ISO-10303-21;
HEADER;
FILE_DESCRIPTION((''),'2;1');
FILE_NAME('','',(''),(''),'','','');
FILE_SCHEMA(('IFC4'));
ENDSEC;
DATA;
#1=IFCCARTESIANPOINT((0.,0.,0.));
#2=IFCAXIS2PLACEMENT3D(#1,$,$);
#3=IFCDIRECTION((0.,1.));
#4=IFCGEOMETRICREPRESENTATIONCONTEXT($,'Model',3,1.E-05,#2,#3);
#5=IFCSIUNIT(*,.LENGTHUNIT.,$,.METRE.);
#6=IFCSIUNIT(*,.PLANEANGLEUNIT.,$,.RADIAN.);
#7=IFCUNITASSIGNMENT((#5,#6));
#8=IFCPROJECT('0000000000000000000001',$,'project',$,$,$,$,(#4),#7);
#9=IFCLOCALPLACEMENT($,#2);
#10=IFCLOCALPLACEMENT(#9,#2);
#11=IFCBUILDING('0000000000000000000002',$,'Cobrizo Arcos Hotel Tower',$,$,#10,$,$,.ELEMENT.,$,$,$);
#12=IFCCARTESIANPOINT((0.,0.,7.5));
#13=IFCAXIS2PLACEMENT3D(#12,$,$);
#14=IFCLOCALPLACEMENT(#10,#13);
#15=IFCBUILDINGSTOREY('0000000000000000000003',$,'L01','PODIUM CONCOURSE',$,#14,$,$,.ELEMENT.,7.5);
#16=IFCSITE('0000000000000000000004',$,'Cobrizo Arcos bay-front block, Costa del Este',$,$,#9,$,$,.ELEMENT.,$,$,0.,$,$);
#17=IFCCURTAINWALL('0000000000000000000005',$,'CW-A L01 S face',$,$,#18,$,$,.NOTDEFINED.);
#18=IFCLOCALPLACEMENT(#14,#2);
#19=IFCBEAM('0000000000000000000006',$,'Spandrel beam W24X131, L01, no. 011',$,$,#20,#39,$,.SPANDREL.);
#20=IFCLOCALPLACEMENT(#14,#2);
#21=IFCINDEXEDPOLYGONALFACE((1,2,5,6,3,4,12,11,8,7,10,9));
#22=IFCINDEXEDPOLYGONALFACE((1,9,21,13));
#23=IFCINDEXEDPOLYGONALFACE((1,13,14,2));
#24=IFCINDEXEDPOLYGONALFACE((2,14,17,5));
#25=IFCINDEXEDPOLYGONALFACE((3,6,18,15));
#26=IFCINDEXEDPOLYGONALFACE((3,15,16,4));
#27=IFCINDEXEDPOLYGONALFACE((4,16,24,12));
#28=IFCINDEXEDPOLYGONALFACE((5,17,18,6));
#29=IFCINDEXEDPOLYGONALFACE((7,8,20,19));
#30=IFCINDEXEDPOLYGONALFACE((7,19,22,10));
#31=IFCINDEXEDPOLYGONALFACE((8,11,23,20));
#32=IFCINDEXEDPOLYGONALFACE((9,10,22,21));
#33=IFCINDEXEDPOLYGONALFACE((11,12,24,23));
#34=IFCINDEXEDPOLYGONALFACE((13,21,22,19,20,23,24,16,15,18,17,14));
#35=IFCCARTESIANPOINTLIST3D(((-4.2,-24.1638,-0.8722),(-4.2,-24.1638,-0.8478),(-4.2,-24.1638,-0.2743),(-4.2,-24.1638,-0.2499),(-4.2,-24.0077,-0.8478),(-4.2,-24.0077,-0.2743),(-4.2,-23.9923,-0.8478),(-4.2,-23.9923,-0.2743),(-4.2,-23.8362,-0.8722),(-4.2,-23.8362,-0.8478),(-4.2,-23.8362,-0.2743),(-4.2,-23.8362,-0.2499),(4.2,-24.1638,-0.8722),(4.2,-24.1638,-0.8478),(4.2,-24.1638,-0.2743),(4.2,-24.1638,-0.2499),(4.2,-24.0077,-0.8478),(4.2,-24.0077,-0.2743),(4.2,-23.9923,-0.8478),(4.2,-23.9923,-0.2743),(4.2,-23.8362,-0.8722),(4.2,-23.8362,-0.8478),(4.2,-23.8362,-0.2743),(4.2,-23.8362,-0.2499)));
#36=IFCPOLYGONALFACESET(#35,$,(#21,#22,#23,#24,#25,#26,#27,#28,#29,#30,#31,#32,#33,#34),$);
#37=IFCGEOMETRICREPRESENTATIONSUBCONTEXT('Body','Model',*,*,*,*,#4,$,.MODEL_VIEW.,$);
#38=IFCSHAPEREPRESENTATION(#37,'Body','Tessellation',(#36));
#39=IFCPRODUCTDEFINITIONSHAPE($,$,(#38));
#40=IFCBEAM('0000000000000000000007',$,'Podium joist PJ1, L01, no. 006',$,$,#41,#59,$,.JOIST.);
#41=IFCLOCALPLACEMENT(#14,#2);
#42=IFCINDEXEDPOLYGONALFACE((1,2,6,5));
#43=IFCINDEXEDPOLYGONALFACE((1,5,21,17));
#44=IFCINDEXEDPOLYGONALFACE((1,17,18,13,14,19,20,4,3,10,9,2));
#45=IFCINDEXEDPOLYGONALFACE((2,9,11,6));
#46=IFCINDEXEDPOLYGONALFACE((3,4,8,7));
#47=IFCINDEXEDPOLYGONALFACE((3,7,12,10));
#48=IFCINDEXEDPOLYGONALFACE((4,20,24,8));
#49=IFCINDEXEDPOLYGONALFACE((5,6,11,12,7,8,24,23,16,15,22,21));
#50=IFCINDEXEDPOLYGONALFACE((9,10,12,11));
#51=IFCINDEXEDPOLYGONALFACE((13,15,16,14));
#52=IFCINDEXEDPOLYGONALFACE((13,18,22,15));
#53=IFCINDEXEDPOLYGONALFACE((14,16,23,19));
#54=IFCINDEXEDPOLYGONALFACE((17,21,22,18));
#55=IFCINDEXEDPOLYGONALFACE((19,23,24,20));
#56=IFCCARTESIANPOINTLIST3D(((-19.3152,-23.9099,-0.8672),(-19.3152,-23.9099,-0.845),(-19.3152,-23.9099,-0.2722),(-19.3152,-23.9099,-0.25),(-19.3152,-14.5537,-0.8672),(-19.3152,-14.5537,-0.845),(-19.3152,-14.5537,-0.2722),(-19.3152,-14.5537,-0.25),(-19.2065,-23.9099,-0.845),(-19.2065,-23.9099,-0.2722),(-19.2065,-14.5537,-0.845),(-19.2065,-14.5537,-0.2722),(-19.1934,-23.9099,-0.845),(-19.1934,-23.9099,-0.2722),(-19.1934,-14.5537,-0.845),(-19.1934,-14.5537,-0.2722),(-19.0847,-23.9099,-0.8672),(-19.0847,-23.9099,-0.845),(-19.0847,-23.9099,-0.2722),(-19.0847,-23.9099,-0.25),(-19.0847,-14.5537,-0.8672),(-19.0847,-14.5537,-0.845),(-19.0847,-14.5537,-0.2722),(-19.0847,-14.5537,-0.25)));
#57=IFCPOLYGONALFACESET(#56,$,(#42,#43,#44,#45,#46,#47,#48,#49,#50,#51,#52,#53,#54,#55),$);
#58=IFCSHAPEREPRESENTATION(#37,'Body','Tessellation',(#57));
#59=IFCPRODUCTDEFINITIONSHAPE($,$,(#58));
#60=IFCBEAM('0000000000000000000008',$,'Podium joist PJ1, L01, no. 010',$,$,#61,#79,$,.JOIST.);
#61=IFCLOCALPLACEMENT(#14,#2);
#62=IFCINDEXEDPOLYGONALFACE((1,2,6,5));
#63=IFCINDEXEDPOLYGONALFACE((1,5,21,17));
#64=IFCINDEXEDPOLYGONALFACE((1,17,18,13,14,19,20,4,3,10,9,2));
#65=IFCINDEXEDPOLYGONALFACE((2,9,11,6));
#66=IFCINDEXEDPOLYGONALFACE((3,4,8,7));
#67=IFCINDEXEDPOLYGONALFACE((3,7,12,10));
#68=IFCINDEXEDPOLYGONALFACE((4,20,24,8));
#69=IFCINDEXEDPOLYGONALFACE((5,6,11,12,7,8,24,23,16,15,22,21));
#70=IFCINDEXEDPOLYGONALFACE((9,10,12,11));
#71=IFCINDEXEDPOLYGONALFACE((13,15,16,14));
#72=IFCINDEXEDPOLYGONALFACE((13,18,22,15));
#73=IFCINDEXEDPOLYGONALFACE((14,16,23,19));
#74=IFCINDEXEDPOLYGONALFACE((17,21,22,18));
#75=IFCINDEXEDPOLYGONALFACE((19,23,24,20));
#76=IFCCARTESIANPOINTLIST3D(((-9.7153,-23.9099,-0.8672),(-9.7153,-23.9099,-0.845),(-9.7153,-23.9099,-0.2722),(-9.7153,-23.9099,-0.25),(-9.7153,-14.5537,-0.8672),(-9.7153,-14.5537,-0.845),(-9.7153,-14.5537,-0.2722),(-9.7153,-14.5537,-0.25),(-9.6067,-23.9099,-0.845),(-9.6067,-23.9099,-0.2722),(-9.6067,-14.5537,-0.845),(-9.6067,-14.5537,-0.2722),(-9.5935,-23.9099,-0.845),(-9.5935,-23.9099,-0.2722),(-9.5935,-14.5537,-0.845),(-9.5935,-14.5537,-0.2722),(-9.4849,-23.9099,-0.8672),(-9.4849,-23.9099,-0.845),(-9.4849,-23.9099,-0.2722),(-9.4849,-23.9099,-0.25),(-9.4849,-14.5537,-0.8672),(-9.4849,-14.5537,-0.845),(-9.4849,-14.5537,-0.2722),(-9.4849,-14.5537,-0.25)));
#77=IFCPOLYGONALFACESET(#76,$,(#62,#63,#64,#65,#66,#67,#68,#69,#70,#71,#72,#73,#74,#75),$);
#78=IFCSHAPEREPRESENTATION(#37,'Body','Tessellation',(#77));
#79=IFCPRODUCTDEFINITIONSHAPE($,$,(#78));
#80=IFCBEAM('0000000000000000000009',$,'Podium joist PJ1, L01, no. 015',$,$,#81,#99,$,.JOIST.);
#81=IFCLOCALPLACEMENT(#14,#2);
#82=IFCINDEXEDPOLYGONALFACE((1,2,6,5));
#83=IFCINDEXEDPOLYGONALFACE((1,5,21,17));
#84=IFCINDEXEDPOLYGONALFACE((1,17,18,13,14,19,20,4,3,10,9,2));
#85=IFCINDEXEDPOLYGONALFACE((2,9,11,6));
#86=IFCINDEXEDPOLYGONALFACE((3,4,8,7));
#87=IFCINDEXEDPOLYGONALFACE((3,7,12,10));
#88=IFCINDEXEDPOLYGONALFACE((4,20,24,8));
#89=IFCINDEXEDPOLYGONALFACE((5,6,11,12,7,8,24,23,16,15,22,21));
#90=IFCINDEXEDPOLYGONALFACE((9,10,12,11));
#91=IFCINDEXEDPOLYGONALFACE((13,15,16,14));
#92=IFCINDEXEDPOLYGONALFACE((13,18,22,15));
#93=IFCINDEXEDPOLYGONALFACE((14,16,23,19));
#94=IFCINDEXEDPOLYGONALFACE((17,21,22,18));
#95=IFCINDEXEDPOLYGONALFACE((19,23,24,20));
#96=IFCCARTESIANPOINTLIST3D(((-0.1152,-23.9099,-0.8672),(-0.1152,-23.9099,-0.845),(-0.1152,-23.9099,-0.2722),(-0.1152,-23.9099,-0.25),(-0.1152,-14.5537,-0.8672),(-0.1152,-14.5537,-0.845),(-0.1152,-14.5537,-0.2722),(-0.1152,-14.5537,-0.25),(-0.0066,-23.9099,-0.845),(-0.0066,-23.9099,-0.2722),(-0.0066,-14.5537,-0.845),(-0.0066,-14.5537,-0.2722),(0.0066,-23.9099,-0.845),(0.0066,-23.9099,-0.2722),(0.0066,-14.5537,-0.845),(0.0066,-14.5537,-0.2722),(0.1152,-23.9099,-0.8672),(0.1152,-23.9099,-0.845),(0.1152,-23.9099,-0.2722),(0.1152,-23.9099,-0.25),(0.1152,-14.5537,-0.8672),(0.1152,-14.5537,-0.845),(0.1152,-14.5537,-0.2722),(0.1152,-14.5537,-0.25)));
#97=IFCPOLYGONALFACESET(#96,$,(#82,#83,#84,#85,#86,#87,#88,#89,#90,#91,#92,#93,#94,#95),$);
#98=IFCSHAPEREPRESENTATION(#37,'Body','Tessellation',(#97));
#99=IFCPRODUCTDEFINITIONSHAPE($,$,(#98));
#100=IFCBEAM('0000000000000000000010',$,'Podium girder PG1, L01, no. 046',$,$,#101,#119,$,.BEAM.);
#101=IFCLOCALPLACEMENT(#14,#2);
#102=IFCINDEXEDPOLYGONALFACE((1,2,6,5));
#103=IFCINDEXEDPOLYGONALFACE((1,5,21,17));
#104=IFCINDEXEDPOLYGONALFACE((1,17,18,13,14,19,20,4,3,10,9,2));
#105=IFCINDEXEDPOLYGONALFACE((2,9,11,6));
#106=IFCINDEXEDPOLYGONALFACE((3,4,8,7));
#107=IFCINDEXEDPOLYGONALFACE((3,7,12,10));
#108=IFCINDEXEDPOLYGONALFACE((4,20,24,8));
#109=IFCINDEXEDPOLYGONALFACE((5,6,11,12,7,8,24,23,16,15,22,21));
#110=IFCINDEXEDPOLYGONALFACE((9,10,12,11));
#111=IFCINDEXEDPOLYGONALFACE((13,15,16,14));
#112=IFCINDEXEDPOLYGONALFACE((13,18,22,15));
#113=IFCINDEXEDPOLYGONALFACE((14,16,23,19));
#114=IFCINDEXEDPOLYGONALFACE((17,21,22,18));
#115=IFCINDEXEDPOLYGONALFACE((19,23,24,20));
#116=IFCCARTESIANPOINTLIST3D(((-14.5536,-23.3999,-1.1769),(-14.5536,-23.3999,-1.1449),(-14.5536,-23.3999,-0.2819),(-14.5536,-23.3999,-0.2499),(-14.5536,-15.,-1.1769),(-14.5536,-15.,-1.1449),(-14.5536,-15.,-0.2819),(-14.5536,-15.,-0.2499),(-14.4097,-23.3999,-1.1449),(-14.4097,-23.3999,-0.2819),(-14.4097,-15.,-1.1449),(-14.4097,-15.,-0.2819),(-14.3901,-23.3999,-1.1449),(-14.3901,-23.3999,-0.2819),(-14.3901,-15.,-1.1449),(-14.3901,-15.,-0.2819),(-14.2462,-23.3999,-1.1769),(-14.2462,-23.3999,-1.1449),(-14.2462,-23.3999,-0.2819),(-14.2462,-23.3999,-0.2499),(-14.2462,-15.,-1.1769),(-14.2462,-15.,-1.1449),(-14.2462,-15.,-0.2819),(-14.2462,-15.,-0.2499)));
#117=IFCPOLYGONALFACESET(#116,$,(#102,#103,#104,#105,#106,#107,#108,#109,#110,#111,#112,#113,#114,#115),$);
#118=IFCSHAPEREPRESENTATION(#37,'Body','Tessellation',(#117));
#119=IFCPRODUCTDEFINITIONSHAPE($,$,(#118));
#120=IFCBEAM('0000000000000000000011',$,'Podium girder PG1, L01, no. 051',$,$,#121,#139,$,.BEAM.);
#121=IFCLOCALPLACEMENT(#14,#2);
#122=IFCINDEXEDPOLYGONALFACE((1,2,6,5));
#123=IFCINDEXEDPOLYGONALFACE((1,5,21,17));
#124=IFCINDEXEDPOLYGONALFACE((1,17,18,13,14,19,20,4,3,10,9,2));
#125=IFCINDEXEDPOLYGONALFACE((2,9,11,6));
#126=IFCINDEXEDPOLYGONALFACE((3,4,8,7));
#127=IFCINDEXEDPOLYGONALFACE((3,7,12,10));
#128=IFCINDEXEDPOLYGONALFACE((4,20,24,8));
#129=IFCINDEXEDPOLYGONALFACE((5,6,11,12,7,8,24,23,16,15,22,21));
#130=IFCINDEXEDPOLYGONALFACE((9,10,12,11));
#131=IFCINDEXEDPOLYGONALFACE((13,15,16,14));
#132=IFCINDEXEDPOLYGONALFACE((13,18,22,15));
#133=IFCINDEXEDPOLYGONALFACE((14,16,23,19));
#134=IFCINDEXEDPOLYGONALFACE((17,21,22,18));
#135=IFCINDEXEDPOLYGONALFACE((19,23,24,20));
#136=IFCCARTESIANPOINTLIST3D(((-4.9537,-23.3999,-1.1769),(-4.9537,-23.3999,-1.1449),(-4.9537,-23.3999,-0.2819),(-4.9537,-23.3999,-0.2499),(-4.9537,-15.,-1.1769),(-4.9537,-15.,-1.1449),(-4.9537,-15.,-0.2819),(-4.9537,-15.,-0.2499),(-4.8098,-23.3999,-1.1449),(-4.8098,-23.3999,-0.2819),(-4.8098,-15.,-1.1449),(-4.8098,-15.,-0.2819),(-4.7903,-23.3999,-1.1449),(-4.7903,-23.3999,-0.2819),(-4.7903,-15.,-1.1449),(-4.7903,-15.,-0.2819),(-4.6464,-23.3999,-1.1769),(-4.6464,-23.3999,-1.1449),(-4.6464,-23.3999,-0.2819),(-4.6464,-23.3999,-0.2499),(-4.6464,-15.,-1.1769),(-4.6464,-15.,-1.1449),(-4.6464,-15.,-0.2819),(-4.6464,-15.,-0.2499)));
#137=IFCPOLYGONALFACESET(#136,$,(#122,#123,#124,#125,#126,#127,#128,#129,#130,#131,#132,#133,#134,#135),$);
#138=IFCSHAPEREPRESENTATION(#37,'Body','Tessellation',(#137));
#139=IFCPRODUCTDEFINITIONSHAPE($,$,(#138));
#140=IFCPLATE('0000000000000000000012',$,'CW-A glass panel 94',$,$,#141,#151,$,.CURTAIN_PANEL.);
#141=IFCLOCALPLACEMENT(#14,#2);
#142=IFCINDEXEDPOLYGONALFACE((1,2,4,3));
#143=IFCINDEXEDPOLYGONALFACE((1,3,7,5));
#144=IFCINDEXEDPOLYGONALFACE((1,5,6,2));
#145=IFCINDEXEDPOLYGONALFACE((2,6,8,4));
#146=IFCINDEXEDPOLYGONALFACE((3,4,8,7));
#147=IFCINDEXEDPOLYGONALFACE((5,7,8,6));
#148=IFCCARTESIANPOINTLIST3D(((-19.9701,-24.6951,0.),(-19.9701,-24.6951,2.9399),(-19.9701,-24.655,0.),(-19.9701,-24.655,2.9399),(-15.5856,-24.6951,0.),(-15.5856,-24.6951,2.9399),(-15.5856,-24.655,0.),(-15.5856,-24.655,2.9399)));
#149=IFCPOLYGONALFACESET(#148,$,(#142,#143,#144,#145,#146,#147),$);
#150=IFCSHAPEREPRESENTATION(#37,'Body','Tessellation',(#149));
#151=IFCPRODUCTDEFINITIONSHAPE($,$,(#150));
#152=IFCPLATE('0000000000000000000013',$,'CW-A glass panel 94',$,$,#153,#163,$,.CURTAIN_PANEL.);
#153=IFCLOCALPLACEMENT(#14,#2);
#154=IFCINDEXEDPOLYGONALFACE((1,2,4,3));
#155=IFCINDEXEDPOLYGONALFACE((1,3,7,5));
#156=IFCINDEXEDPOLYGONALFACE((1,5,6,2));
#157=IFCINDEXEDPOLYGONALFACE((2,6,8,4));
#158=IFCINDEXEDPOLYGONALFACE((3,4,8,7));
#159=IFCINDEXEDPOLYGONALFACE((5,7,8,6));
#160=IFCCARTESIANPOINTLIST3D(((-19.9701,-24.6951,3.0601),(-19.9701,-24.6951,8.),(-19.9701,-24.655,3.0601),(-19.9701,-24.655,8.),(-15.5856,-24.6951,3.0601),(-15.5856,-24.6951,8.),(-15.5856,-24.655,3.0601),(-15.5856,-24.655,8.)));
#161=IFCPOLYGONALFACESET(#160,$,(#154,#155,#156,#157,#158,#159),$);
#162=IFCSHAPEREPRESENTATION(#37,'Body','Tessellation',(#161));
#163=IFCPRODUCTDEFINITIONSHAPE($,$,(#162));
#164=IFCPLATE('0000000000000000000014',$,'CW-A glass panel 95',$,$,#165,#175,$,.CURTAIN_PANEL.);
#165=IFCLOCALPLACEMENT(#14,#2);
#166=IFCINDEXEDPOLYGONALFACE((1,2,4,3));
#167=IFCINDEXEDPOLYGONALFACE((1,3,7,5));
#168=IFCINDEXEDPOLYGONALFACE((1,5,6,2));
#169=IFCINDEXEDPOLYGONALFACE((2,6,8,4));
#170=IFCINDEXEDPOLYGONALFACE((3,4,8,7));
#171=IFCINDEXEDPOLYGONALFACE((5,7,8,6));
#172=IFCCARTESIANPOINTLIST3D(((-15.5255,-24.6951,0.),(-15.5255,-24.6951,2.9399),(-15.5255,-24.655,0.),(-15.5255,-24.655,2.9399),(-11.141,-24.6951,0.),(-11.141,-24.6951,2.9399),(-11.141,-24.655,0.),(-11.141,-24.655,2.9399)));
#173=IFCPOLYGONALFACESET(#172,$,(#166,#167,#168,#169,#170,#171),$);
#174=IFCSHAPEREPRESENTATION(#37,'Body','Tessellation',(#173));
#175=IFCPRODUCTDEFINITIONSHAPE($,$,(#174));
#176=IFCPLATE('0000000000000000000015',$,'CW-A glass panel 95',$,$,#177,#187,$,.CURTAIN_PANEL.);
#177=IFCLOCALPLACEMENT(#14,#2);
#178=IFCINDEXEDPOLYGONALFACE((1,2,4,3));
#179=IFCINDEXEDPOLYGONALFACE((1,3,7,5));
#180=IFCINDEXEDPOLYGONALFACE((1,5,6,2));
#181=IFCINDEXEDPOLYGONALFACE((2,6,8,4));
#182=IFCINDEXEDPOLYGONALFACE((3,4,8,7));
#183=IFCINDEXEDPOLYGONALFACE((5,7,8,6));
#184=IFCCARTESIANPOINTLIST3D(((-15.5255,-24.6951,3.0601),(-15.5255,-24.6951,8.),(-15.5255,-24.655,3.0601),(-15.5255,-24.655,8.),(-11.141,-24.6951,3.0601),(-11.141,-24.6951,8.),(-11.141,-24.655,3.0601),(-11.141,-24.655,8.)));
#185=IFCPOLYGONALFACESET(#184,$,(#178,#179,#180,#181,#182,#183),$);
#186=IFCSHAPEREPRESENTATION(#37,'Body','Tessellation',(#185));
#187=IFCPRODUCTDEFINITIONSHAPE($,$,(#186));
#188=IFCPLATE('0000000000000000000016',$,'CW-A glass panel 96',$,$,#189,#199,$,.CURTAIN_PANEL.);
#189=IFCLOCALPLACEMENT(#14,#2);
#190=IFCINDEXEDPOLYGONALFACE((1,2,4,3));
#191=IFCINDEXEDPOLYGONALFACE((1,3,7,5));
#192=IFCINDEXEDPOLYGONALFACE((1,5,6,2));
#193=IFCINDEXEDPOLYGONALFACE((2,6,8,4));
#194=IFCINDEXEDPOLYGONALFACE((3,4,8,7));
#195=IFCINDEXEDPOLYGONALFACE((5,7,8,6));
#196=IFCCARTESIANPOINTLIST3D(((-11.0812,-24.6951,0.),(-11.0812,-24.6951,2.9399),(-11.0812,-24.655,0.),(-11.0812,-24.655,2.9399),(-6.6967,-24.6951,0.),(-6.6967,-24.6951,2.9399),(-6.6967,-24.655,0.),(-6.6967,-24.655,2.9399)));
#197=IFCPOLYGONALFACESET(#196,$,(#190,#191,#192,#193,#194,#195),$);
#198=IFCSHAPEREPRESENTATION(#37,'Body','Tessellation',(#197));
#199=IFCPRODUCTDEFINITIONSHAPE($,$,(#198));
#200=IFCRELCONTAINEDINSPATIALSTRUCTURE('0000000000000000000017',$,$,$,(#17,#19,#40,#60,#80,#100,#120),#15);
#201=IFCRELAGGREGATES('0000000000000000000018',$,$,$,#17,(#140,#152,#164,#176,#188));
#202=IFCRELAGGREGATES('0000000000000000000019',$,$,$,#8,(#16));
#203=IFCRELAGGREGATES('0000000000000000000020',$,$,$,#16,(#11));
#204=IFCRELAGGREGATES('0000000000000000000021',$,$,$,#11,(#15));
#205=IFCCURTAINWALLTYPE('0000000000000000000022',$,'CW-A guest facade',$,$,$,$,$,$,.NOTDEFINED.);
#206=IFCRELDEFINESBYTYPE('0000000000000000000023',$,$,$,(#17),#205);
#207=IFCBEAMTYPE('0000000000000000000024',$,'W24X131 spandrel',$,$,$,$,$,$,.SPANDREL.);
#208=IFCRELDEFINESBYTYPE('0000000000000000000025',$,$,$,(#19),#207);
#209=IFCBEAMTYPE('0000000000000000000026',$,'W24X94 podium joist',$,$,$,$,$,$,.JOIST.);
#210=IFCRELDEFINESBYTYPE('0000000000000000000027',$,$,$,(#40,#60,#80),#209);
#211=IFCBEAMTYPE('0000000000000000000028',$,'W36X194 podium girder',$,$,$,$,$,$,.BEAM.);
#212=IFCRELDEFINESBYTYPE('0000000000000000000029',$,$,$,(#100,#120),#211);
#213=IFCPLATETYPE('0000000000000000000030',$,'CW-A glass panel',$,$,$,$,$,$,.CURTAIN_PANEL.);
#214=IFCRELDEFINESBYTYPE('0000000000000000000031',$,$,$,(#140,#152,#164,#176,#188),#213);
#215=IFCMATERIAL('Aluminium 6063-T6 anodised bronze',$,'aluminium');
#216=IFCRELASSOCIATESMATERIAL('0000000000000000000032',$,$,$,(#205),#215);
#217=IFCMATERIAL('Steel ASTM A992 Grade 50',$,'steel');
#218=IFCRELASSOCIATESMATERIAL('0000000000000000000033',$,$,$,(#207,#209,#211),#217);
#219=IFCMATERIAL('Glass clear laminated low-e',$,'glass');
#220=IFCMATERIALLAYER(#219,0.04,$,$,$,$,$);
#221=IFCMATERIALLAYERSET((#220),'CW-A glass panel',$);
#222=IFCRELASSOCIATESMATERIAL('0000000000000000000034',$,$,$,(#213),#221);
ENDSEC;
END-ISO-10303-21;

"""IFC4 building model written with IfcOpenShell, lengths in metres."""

from ifc_helpers import new_model, si_unit, direction, frame, origin, origin_2d, place, context, subcontext, project, spatial, rectangle, i_section, extrude, material, layer, layer_set, material_profile, profile_set, type_object, element, aggregate, save


model = new_model("IFC4")

# Units and contexts
model_context = context("Model", 3, precision=1e-05, world=origin(), true_north=direction((0.0, 1.0)))
body_context = subcontext(model_context, "Body", "Model", "MODEL_VIEW")
ifc_project = project(units=[si_unit("LENGTHUNIT", "METRE"), si_unit("PLANEANGLEUNIT", "RADIAN")], contexts=[model_context])

# Site, building, storey
site_placement = place(None, origin())
site = spatial("IfcSite", under=ifc_project, at=site_placement, Name="Cobrizo Arcos bay-front block, Costa del Este", CompositionType="ELEMENT", RefElevation=0.0)
building_placement = place(site_placement, origin())
building = spatial("IfcBuilding", under=site, at=building_placement, Name="Cobrizo Arcos Hotel Tower", CompositionType="ELEMENT")
storey_placement = place(building_placement, frame((0.0, 0.0, 7.5)))
storey = spatial("IfcBuildingStorey", under=building, at=storey_placement, Name="L01", Description="PODIUM CONCOURSE", CompositionType="ELEMENT", Elevation=7.5)

# Curtain wall
ifc_material_1 = material(Name="Aluminium 6063-T6 anodised bronze", Category="aluminium")
curtain_wall_type = type_object("IfcCurtainWallType", Name="CW-A guest facade", PredefinedType="NOTDEFINED", material=ifc_material_1)
curtain_wall_placement = place(storey_placement, origin())
curtain_wall = element("IfcCurtainWall", 1, at=curtain_wall_placement, inside=storey, type_object=curtain_wall_type, Name="CW-A L01 S face", PredefinedType="NOTDEFINED")

# Beams
ifc_material_2 = material(Name="Steel ASTM A992 Grade 50", Category="steel")
ifc_material_profile_1 = material_profile(ifc_material_2, i_section(OverallWidth=0.3276, OverallDepth=0.6223, WebThickness=0.0154, FlangeThickness=0.0244, at=origin_2d()), Name="W24X131")
ifc_profile_set_1 = profile_set([ifc_material_profile_1], Name="Steel ASTM A992 Grade 50")
beam_type_1 = type_object("IfcBeamType", Name="W24X131 spandrel", PredefinedType="SPANDREL", material=ifc_profile_set_1)
beam_1_placement = place(storey_placement, frame((-4.2, -24.0, -0.561), z_axis=(1.0, 0.0, 0.0), x_axis=(0.0, 1.0, 0.0)))
element("IfcBeam", 2, at=beam_1_placement, inside=storey, type_object=beam_type_1, Name="Spandrel beam W24X131, L01, no. 011", PredefinedType="SPANDREL", context=body_context, shape_type="SweptSolid", body=[
    extrude(i_section(OverallWidth=0.3276, OverallDepth=0.6223, WebThickness=0.0154, FlangeThickness=0.0244, at=origin_2d()), origin(), (0.0, 0.0, 1.0), 8.3999),
])
ifc_material_profile_2 = material_profile(ifc_material_2, i_section(OverallWidth=0.2305, OverallDepth=0.6172, WebThickness=0.0132, FlangeThickness=0.0222, at=origin_2d()), Name="W24X94")
ifc_profile_set_2 = profile_set([ifc_material_profile_2], Name="Steel ASTM A992 Grade 50")
beam_type_2 = type_object("IfcBeamType", Name="W24X94 podium joist", PredefinedType="JOIST", material=ifc_profile_set_2)
for number, where, z_axis, x_axis, name in (
    (3, (-19.2, -23.9099, -0.5586), (0.0, 1.0, 0.0), (-1.0, 0.0, 0.0), "Podium joist PJ1, L01, no. 006"),
    (4, (-9.6001, -23.9099, -0.5586), (0.0, 1.0, 0.0), (-1.0, 0.0, 0.0), "Podium joist PJ1, L01, no. 010"),
    (5, (0.0, -23.9099, -0.5586), (0.0, 1.0, 0.0), (-1.0, 0.0, 0.0), "Podium joist PJ1, L01, no. 015"),
):
    element("IfcBeam", number, at=place(storey_placement, frame(where, z_axis=z_axis, x_axis=x_axis)), inside=storey, type_object=beam_type_2, Name=name, PredefinedType="JOIST", context=body_context, shape_type="SweptSolid", body=[
        extrude(i_section(OverallWidth=0.2305, OverallDepth=0.6172, WebThickness=0.0132, FlangeThickness=0.0222, at=origin_2d()), origin(), (0.0, 0.0, 1.0), 9.3562),
    ])
ifc_material_profile_3 = material_profile(ifc_material_2, i_section(OverallWidth=0.3074, OverallDepth=0.927, WebThickness=0.0195, FlangeThickness=0.032, at=origin_2d()), Name="W36X194")
ifc_profile_set_3 = profile_set([ifc_material_profile_3], Name="Steel ASTM A992 Grade 50")
beam_type_3 = type_object("IfcBeamType", Name="W36X194 podium girder", PredefinedType="BEAM", material=ifc_profile_set_3)
for number, where, z_axis, x_axis, name in (
    (6, (-14.3999, -23.3999, -0.7134), (0.0, 1.0, 0.0), (-1.0, 0.0, 0.0), "Podium girder PG1, L01, no. 046"),
    (7, (-4.8, -23.3999, -0.7134), (0.0, 1.0, 0.0), (-1.0, 0.0, 0.0), "Podium girder PG1, L01, no. 051"),
):
    element("IfcBeam", number, at=place(storey_placement, frame(where, z_axis=z_axis, x_axis=x_axis)), inside=storey, type_object=beam_type_3, Name=name, PredefinedType="BEAM", context=body_context, shape_type="SweptSolid", body=[
        extrude(i_section(OverallWidth=0.3074, OverallDepth=0.927, WebThickness=0.0195, FlangeThickness=0.032, at=origin_2d()), origin(), (0.0, 0.0, 1.0), 8.3999),
    ])

# Plates
ifc_material_3 = material(Name="Glass clear laminated low-e", Category="glass")
ifc_layer_1 = layer(ifc_material_3, 0.04)
ifc_layer_set_1 = layer_set([ifc_layer_1], Name="CW-A glass panel")
plate_type = type_object("IfcPlateType", Name="CW-A glass panel", PredefinedType="CURTAIN_PANEL", material=ifc_layer_set_1)
plate_1_placement = place(storey_placement, frame((-17.7778, -24.675, 0.0), z_axis=(0.0, 0.0, 1.0), x_axis=(1.0, 0.0, 0.0)))
plate_1 = element("IfcPlate", 8, at=plate_1_placement, type_object=plate_type, Name="CW-A glass panel 94", PredefinedType="CURTAIN_PANEL", context=body_context, shape_type="SweptSolid", body=[
    extrude(rectangle(XDim=4.3845, YDim=0.04, at=origin_2d()), origin(), (0.0, 0.0, 1.0), 2.9399),
])
plate_2_placement = place(storey_placement, frame((-17.7778, -24.675, 3.0601), z_axis=(0.0, 0.0, 1.0), x_axis=(1.0, 0.0, 0.0)))
plate_2 = element("IfcPlate", 9, at=plate_2_placement, type_object=plate_type, Name="CW-A glass panel 94", PredefinedType="CURTAIN_PANEL", context=body_context, shape_type="SweptSolid", body=[
    extrude(rectangle(XDim=4.3845, YDim=0.04, at=origin_2d()), origin(), (0.0, 0.0, 1.0), 4.9399),
])
plate_3_placement = place(storey_placement, frame((-13.3333, -24.675, 0.0), z_axis=(0.0, 0.0, 1.0), x_axis=(1.0, 0.0, 0.0)))
plate_3 = element("IfcPlate", 10, at=plate_3_placement, type_object=plate_type, Name="CW-A glass panel 95", PredefinedType="CURTAIN_PANEL", context=body_context, shape_type="SweptSolid", body=[
    extrude(rectangle(XDim=4.3845, YDim=0.04, at=origin_2d()), origin(), (0.0, 0.0, 1.0), 2.9399),
])
plate_4_placement = place(storey_placement, frame((-13.3333, -24.675, 3.0601), z_axis=(0.0, 0.0, 1.0), x_axis=(1.0, 0.0, 0.0)))
plate_4 = element("IfcPlate", 11, at=plate_4_placement, type_object=plate_type, Name="CW-A glass panel 95", PredefinedType="CURTAIN_PANEL", context=body_context, shape_type="SweptSolid", body=[
    extrude(rectangle(XDim=4.3845, YDim=0.04, at=origin_2d()), origin(), (0.0, 0.0, 1.0), 4.9399),
])
plate_5_placement = place(storey_placement, frame((-8.8889, -24.675, 0.0), z_axis=(0.0, 0.0, 1.0), x_axis=(1.0, 0.0, 0.0)))
plate_5 = element("IfcPlate", 12, at=plate_5_placement, type_object=plate_type, Name="CW-A glass panel 96", PredefinedType="CURTAIN_PANEL", context=body_context, shape_type="SweptSolid", body=[
    extrude(rectangle(XDim=4.3845, YDim=0.04, at=origin_2d()), origin(), (0.0, 0.0, 1.0), 2.9399),
])
aggregate(curtain_wall, [plate_1, plate_2, plate_3, plate_4, plate_5])

save(model, "model.ifc")
